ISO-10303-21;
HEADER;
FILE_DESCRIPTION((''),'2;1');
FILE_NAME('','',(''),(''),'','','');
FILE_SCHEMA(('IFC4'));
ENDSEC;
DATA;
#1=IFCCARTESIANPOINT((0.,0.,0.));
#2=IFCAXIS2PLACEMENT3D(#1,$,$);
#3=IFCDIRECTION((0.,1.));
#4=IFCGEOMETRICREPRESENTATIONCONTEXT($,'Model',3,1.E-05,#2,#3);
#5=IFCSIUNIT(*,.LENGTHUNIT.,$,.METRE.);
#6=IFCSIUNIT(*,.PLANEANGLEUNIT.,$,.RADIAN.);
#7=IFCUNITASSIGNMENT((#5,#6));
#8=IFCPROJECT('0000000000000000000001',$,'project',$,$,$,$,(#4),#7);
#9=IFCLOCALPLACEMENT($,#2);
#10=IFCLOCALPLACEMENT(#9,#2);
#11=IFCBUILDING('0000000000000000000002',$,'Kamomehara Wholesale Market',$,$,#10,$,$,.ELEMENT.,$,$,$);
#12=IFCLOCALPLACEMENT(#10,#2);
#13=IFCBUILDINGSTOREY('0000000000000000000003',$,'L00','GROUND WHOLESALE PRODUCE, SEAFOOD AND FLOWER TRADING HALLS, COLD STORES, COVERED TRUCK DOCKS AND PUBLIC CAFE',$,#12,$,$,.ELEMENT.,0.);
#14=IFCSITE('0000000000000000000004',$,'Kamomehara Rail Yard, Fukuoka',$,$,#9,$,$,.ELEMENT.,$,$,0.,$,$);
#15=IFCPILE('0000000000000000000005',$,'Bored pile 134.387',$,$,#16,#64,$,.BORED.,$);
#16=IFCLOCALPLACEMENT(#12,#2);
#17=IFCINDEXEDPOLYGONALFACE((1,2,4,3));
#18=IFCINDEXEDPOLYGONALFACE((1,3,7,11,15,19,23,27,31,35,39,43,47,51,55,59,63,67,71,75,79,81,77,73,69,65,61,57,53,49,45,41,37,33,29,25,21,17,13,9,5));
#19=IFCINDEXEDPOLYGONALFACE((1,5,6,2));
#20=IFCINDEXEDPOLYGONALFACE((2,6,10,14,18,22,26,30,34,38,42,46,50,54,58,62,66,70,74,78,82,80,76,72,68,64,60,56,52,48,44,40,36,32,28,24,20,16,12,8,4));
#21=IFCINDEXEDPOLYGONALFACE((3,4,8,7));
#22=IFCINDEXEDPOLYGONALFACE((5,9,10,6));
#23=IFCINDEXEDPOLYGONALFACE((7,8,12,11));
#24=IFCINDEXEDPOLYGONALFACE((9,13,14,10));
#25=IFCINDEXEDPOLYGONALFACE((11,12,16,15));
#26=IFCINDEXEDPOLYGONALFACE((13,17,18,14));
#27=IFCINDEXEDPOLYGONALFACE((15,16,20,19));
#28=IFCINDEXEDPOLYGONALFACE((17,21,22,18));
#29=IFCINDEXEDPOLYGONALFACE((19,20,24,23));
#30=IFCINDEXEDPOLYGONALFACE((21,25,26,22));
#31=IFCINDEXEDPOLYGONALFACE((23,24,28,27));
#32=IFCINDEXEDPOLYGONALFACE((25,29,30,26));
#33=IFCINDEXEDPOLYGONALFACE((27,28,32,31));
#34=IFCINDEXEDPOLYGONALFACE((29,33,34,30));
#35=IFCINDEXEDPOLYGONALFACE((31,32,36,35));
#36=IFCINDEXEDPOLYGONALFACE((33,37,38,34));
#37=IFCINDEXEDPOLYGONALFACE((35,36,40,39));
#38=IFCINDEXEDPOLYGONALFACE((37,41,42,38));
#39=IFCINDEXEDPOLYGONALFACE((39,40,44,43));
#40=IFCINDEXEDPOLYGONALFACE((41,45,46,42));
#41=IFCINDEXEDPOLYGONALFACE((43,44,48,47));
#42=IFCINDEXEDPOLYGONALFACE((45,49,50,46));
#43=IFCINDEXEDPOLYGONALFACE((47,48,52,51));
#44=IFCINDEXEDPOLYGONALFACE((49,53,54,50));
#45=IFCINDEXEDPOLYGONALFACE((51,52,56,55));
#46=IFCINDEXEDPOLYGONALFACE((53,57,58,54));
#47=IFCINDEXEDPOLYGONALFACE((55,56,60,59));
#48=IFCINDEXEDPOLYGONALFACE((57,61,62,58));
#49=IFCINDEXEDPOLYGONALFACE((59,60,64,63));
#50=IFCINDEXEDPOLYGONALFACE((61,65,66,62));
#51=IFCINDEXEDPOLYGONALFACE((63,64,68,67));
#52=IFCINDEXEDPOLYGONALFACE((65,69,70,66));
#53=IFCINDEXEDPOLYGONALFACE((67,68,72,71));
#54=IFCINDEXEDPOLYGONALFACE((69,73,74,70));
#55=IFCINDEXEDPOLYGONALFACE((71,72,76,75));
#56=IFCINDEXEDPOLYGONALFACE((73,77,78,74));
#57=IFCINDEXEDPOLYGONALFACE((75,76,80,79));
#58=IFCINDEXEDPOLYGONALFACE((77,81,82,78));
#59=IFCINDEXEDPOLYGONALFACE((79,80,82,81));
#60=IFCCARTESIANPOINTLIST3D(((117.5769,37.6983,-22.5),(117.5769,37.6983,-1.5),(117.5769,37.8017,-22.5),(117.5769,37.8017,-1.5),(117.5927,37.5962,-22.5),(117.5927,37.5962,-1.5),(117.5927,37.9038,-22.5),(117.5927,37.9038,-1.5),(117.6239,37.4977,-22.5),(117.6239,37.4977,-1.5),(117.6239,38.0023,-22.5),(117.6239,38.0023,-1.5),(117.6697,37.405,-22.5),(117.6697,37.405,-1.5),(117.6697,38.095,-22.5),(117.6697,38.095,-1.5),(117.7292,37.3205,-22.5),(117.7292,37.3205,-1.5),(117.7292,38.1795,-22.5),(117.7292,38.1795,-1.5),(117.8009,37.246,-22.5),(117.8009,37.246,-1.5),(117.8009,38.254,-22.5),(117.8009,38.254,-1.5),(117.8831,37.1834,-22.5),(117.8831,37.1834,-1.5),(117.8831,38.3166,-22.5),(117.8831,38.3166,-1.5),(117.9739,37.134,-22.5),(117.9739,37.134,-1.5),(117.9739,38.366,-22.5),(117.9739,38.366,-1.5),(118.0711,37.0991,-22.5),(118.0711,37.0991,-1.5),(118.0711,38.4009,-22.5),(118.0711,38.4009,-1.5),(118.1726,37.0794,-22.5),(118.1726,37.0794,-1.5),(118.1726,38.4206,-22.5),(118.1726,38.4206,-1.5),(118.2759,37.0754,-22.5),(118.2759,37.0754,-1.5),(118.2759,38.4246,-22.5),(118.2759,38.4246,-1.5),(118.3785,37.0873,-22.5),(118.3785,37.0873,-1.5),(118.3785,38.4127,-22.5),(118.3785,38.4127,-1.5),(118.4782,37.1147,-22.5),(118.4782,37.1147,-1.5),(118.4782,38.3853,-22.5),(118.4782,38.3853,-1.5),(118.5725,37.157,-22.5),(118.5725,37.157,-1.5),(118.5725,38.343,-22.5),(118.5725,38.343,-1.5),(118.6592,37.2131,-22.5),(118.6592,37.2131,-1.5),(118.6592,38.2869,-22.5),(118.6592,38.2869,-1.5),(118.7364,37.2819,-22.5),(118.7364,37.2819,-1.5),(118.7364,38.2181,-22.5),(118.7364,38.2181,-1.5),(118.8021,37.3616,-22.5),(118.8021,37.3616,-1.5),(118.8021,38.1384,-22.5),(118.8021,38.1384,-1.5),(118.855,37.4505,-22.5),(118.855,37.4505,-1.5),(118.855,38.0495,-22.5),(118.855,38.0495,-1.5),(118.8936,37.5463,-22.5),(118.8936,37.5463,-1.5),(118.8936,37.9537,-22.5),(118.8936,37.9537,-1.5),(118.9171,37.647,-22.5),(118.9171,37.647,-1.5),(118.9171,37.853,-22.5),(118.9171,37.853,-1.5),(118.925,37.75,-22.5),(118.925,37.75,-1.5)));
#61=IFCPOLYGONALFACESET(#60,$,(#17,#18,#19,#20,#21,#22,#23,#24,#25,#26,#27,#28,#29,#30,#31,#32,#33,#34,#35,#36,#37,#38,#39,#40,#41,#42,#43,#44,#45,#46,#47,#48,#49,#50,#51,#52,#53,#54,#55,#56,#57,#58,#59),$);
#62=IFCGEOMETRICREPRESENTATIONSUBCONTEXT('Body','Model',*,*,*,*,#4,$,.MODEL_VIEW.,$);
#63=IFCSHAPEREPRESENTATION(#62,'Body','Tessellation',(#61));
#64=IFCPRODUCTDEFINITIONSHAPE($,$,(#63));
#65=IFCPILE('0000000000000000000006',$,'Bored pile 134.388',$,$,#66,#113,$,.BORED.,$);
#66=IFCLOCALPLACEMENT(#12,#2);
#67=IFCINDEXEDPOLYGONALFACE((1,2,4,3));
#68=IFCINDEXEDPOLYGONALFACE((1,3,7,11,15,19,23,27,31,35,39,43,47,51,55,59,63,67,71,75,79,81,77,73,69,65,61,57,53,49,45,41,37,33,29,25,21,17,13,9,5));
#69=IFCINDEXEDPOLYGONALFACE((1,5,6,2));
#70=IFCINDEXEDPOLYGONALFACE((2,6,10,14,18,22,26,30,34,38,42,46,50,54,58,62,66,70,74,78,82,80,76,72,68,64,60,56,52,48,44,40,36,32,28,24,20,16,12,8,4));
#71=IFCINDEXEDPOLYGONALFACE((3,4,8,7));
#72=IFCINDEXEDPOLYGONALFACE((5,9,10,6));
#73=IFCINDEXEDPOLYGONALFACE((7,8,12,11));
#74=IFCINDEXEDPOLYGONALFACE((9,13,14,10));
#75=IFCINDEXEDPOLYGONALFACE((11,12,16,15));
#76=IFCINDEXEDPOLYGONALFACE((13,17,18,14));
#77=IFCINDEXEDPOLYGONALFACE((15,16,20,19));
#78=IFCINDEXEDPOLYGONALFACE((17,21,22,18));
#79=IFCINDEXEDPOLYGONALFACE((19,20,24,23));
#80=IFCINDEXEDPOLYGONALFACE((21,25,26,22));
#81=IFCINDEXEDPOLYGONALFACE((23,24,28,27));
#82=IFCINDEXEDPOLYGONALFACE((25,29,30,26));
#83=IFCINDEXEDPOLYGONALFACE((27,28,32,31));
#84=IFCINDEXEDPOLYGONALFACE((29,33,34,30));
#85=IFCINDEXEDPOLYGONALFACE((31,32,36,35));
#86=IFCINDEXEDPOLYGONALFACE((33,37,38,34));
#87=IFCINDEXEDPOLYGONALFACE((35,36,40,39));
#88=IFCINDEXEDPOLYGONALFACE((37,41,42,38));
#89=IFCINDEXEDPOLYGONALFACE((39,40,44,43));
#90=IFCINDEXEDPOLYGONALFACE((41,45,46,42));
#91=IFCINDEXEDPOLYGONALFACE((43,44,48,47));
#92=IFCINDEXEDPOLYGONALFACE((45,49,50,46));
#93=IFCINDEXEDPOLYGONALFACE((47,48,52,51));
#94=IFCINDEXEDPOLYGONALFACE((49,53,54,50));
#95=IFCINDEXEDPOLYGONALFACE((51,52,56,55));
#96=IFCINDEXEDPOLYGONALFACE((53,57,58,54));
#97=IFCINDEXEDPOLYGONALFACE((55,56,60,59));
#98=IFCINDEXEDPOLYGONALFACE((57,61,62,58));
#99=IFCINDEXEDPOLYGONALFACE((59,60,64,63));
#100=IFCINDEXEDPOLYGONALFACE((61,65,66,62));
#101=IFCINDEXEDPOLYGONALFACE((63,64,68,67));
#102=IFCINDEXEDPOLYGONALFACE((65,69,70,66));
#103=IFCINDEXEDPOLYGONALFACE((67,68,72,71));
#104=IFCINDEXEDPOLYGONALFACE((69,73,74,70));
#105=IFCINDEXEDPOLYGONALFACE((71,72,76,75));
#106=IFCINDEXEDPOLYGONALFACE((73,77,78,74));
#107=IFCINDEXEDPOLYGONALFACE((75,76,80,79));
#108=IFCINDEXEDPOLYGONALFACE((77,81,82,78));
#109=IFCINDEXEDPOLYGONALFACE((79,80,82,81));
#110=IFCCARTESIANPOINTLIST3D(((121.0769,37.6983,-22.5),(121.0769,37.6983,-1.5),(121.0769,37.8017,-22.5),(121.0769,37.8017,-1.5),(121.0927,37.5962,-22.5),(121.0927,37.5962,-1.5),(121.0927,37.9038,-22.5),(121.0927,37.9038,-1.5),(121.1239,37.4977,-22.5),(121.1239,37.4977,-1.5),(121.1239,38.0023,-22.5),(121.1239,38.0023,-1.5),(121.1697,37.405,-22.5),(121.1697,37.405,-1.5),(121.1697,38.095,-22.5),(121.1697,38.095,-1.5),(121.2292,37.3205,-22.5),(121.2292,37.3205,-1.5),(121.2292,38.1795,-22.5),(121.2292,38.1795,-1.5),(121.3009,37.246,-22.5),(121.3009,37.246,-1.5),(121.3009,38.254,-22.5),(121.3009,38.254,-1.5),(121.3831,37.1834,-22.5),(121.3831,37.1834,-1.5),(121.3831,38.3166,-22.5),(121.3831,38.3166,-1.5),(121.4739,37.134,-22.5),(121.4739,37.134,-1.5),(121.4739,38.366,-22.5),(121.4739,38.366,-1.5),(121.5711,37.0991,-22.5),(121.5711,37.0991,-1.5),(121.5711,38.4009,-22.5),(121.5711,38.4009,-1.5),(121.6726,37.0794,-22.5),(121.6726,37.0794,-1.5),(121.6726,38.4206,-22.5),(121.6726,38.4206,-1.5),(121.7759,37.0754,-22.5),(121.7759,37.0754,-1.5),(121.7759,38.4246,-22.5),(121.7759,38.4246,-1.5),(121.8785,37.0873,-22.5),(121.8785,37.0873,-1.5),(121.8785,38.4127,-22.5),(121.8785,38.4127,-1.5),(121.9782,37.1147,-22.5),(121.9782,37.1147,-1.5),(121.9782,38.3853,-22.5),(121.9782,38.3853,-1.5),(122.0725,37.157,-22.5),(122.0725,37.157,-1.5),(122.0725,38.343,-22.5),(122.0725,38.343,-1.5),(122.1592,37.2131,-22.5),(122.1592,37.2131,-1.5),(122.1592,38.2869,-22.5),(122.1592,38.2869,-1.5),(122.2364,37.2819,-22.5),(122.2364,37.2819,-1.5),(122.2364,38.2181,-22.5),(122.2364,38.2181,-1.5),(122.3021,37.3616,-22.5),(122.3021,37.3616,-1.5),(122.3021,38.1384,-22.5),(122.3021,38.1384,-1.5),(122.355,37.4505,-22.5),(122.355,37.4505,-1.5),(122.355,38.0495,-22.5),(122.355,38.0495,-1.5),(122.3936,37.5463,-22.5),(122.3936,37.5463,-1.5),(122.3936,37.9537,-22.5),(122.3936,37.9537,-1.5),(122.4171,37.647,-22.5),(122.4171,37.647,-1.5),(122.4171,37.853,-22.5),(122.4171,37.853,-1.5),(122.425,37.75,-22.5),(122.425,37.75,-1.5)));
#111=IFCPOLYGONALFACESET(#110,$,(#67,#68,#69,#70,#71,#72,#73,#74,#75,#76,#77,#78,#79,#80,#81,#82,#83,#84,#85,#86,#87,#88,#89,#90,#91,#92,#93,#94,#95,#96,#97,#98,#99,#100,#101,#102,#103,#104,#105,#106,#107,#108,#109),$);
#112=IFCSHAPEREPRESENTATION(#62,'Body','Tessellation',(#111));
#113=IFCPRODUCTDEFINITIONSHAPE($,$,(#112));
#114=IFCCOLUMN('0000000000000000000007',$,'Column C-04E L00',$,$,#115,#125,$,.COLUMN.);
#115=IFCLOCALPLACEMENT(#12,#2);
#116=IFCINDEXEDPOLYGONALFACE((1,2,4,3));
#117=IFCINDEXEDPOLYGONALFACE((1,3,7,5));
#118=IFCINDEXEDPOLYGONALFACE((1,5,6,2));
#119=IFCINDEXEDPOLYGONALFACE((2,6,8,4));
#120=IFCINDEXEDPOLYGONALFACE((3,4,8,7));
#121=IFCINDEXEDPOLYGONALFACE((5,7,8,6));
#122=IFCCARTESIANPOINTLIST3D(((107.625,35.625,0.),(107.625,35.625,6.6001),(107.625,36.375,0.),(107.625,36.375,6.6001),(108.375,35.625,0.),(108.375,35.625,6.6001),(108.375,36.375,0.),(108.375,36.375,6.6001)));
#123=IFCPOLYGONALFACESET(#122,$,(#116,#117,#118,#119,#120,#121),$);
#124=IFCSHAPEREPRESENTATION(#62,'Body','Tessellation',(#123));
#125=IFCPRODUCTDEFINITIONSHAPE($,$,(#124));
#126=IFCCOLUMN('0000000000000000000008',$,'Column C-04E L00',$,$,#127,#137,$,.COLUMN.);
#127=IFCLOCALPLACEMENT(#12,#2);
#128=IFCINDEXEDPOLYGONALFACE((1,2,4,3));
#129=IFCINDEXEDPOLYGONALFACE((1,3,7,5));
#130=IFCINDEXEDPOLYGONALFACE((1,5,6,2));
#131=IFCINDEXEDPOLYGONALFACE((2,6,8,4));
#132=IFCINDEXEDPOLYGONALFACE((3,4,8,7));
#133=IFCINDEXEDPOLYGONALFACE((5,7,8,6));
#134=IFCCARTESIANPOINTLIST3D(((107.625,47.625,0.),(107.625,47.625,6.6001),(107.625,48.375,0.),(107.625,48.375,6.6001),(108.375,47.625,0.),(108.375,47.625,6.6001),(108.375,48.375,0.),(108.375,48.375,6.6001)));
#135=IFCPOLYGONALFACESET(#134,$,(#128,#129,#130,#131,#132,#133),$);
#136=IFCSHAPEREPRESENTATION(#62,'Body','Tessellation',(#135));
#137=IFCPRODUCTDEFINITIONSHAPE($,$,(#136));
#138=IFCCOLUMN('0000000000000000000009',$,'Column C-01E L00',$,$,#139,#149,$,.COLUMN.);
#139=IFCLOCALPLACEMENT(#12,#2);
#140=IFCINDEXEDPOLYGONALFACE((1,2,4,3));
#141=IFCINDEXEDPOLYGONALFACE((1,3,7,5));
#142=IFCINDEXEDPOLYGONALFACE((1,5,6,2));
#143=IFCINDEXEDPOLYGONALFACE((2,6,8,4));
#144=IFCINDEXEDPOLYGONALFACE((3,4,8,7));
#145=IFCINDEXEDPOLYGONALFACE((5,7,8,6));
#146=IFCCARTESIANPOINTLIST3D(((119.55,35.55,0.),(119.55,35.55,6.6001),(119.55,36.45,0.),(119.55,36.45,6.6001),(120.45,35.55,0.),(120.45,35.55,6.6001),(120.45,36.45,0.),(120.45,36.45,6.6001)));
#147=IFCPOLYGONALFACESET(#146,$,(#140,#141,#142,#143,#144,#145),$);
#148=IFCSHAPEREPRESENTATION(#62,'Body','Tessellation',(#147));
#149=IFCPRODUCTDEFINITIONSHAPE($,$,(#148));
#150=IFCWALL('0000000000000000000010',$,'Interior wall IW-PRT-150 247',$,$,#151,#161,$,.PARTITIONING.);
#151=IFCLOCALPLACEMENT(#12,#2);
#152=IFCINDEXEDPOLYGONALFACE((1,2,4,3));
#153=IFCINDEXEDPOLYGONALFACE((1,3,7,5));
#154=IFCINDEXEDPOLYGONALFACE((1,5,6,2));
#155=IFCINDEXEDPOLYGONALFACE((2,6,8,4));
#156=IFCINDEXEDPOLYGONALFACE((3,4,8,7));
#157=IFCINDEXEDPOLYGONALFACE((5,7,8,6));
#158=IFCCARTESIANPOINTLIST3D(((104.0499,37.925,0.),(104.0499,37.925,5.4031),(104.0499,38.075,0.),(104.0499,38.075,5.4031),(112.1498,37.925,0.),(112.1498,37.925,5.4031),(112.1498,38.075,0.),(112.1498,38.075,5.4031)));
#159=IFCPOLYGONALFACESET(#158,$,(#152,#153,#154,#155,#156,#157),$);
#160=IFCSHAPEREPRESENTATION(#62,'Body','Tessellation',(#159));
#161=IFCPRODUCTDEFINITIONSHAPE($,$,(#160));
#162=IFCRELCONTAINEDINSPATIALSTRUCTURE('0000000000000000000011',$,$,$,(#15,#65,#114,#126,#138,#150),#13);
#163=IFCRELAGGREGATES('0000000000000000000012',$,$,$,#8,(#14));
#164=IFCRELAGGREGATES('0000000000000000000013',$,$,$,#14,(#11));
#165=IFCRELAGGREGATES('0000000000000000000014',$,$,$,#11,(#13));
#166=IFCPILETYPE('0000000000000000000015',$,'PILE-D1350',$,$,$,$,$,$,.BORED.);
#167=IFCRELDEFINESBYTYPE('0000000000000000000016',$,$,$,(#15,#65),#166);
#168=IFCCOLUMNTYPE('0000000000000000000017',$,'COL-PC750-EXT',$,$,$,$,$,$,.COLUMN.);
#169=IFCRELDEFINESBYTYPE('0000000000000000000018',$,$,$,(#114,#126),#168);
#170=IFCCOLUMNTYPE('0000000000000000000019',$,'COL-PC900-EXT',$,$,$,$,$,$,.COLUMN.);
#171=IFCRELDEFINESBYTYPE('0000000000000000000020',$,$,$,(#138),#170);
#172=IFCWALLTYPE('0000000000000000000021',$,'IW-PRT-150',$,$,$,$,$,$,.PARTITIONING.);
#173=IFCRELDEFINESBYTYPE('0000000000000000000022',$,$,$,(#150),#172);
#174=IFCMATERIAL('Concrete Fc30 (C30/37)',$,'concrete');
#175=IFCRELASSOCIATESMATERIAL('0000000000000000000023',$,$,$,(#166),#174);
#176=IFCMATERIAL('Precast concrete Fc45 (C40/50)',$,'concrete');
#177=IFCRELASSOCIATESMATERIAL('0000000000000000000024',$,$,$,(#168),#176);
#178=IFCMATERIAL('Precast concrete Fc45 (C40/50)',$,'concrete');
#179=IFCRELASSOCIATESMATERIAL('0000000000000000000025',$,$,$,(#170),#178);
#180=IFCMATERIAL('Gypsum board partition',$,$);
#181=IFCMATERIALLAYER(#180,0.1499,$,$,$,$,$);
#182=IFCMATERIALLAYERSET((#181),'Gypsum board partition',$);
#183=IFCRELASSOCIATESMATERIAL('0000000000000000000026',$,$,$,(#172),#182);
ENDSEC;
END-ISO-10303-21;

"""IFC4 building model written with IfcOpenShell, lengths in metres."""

from ifc_helpers import new_model, si_unit, direction, frame, frame_2d, origin, origin_2d, place, context, subcontext, project, spatial, rectangle, circle, extrude, material, layer, layer_set, material_profile, profile_set, type_object, element, save


model = new_model("IFC4")

# Units and contexts
model_context = context("Model", 3, precision=1e-05, world=origin(), true_north=direction((0.0, 1.0)))
body_context = subcontext(model_context, "Body", "Model", "MODEL_VIEW")
ifc_project = project(units=[si_unit("LENGTHUNIT", "METRE"), si_unit("PLANEANGLEUNIT", "RADIAN")], contexts=[model_context])

# Site, building, storey
site_placement = place(None, origin())
site = spatial("IfcSite", under=ifc_project, at=site_placement, Name="Kamomehara Rail Yard, Fukuoka", CompositionType="ELEMENT", RefElevation=0.0)
building_placement = place(site_placement, origin())
building = spatial("IfcBuilding", under=site, at=building_placement, Name="Kamomehara Wholesale Market", CompositionType="ELEMENT")
storey_placement = place(building_placement, origin())
storey = spatial("IfcBuildingStorey", under=building, at=storey_placement, Name="L00", Description="GROUND WHOLESALE PRODUCE, SEAFOOD AND FLOWER TRADING HALLS, COLD STORES, COVERED TRUCK DOCKS AND PUBLIC CAFE", CompositionType="ELEMENT", Elevation=0.0)

# Piles
ifc_material_1 = material(Name="Concrete Fc30 (C30/37)", Category="concrete")
ifc_material_profile_1 = material_profile(ifc_material_1, circle(Radius=0.675, at=origin_2d()), Name="RC-PILE-D1350")
ifc_profile_set_1 = profile_set([ifc_material_profile_1], Name="Concrete Fc30 (C30/37)")
pile_type_1 = type_object("IfcPileType", Name="PILE-D1350", PredefinedType="BORED", material=ifc_profile_set_1)
for number, where, z_axis, x_axis, name in (
    (1, (118.25, 37.75, -1.5), (0.0, 0.0, -1.0), (1.0, 0.0, 0.0), "Bored pile 134.387"),
    (2, (121.75, 37.75, -1.5), (0.0, 0.0, -1.0), (1.0, 0.0, 0.0), "Bored pile 134.388"),
):
    element("IfcPile", number, at=place(storey_placement, frame(where, z_axis=z_axis, x_axis=x_axis)), inside=storey, type_object=pile_type_1, Name=name, PredefinedType="BORED", context=body_context, shape_type="SweptSolid", body=[
        extrude(circle(Radius=0.675, at=origin_2d()), origin(), (0.0, 0.0, 1.0), 21.0),
    ])

# Columns
ifc_material_2 = material(Name="Precast concrete Fc45 (C40/50)", Category="concrete")
ifc_material_profile_2 = material_profile(ifc_material_2, rectangle(XDim=0.75, YDim=0.75, at=origin_2d()), Name="PC-COL-750x750")
ifc_profile_set_2 = profile_set([ifc_material_profile_2], Name="Precast concrete Fc45 (C40/50)")
column_type_1 = type_object("IfcColumnType", Name="COL-PC750-EXT", PredefinedType="COLUMN", material=ifc_profile_set_2)
for number, where, z_axis, x_axis, name in (
    (3, (108.0, 36.0, 0.0), (0.0, 0.0, 1.0), (1.0, 0.0, 0.0), "Column C-04E L00"),
    (4, (108.0, 48.0, 0.0), (0.0, 0.0, 1.0), (1.0, 0.0, 0.0), "Column C-04E L00"),
):
    element("IfcColumn", number, at=place(storey_placement, frame(where, z_axis=z_axis, x_axis=x_axis)), inside=storey, type_object=column_type_1, Name=name, PredefinedType="COLUMN", context=body_context, shape_type="SweptSolid", body=[
        extrude(rectangle(XDim=0.75, YDim=0.75, at=origin_2d()), origin(), (0.0, 0.0, 1.0), 6.6001),
    ])
ifc_material_3 = material(Name="Precast concrete Fc45 (C40/50)", Category="concrete")
ifc_material_profile_3 = material_profile(ifc_material_3, rectangle(XDim=0.8999, YDim=0.8999, at=origin_2d()), Name="PC-COL-900x900")
ifc_profile_set_3 = profile_set([ifc_material_profile_3], Name="Precast concrete Fc45 (C40/50)")
column_type_2 = type_object("IfcColumnType", Name="COL-PC900-EXT", PredefinedType="COLUMN", material=ifc_profile_set_3)
column_placement = place(storey_placement, frame((120.0, 36.0, 0.0), z_axis=(0.0, 0.0, 1.0), x_axis=(1.0, 0.0, 0.0)))
element("IfcColumn", 5, at=column_placement, inside=storey, type_object=column_type_2, Name="Column C-01E L00", PredefinedType="COLUMN", context=body_context, shape_type="SweptSolid", body=[
    extrude(rectangle(XDim=0.8999, YDim=0.8999, at=origin_2d()), origin(), (0.0, 0.0, 1.0), 6.6001),
])

# Wall
ifc_material_4 = material(Name="Gypsum board partition")
ifc_layer_1 = layer(ifc_material_4, 0.1499)
ifc_layer_set_1 = layer_set([ifc_layer_1], Name="Gypsum board partition")
wall_type_1 = type_object("IfcWallType", Name="IW-PRT-150", PredefinedType="PARTITIONING", material=ifc_layer_set_1)
wall_1_placement = place(storey_placement, frame((104.05, 38.0, 0.0), z_axis=(0.0, 0.0, 1.0), x_axis=(1.0, 0.0, 0.0)))
element("IfcWall", 6, at=wall_1_placement, inside=storey, type_object=wall_type_1, Name="Interior wall IW-PRT-150 247", PredefinedType="PARTITIONING", context=body_context, shape_type="SweptSolid", body=[
    extrude(rectangle(XDim=8.0999, YDim=0.1499, at=frame_2d((4.0498, 0.0))), origin(), (0.0, 0.0, 1.0), 5.4031),
])

save(model, "model.ifc")
